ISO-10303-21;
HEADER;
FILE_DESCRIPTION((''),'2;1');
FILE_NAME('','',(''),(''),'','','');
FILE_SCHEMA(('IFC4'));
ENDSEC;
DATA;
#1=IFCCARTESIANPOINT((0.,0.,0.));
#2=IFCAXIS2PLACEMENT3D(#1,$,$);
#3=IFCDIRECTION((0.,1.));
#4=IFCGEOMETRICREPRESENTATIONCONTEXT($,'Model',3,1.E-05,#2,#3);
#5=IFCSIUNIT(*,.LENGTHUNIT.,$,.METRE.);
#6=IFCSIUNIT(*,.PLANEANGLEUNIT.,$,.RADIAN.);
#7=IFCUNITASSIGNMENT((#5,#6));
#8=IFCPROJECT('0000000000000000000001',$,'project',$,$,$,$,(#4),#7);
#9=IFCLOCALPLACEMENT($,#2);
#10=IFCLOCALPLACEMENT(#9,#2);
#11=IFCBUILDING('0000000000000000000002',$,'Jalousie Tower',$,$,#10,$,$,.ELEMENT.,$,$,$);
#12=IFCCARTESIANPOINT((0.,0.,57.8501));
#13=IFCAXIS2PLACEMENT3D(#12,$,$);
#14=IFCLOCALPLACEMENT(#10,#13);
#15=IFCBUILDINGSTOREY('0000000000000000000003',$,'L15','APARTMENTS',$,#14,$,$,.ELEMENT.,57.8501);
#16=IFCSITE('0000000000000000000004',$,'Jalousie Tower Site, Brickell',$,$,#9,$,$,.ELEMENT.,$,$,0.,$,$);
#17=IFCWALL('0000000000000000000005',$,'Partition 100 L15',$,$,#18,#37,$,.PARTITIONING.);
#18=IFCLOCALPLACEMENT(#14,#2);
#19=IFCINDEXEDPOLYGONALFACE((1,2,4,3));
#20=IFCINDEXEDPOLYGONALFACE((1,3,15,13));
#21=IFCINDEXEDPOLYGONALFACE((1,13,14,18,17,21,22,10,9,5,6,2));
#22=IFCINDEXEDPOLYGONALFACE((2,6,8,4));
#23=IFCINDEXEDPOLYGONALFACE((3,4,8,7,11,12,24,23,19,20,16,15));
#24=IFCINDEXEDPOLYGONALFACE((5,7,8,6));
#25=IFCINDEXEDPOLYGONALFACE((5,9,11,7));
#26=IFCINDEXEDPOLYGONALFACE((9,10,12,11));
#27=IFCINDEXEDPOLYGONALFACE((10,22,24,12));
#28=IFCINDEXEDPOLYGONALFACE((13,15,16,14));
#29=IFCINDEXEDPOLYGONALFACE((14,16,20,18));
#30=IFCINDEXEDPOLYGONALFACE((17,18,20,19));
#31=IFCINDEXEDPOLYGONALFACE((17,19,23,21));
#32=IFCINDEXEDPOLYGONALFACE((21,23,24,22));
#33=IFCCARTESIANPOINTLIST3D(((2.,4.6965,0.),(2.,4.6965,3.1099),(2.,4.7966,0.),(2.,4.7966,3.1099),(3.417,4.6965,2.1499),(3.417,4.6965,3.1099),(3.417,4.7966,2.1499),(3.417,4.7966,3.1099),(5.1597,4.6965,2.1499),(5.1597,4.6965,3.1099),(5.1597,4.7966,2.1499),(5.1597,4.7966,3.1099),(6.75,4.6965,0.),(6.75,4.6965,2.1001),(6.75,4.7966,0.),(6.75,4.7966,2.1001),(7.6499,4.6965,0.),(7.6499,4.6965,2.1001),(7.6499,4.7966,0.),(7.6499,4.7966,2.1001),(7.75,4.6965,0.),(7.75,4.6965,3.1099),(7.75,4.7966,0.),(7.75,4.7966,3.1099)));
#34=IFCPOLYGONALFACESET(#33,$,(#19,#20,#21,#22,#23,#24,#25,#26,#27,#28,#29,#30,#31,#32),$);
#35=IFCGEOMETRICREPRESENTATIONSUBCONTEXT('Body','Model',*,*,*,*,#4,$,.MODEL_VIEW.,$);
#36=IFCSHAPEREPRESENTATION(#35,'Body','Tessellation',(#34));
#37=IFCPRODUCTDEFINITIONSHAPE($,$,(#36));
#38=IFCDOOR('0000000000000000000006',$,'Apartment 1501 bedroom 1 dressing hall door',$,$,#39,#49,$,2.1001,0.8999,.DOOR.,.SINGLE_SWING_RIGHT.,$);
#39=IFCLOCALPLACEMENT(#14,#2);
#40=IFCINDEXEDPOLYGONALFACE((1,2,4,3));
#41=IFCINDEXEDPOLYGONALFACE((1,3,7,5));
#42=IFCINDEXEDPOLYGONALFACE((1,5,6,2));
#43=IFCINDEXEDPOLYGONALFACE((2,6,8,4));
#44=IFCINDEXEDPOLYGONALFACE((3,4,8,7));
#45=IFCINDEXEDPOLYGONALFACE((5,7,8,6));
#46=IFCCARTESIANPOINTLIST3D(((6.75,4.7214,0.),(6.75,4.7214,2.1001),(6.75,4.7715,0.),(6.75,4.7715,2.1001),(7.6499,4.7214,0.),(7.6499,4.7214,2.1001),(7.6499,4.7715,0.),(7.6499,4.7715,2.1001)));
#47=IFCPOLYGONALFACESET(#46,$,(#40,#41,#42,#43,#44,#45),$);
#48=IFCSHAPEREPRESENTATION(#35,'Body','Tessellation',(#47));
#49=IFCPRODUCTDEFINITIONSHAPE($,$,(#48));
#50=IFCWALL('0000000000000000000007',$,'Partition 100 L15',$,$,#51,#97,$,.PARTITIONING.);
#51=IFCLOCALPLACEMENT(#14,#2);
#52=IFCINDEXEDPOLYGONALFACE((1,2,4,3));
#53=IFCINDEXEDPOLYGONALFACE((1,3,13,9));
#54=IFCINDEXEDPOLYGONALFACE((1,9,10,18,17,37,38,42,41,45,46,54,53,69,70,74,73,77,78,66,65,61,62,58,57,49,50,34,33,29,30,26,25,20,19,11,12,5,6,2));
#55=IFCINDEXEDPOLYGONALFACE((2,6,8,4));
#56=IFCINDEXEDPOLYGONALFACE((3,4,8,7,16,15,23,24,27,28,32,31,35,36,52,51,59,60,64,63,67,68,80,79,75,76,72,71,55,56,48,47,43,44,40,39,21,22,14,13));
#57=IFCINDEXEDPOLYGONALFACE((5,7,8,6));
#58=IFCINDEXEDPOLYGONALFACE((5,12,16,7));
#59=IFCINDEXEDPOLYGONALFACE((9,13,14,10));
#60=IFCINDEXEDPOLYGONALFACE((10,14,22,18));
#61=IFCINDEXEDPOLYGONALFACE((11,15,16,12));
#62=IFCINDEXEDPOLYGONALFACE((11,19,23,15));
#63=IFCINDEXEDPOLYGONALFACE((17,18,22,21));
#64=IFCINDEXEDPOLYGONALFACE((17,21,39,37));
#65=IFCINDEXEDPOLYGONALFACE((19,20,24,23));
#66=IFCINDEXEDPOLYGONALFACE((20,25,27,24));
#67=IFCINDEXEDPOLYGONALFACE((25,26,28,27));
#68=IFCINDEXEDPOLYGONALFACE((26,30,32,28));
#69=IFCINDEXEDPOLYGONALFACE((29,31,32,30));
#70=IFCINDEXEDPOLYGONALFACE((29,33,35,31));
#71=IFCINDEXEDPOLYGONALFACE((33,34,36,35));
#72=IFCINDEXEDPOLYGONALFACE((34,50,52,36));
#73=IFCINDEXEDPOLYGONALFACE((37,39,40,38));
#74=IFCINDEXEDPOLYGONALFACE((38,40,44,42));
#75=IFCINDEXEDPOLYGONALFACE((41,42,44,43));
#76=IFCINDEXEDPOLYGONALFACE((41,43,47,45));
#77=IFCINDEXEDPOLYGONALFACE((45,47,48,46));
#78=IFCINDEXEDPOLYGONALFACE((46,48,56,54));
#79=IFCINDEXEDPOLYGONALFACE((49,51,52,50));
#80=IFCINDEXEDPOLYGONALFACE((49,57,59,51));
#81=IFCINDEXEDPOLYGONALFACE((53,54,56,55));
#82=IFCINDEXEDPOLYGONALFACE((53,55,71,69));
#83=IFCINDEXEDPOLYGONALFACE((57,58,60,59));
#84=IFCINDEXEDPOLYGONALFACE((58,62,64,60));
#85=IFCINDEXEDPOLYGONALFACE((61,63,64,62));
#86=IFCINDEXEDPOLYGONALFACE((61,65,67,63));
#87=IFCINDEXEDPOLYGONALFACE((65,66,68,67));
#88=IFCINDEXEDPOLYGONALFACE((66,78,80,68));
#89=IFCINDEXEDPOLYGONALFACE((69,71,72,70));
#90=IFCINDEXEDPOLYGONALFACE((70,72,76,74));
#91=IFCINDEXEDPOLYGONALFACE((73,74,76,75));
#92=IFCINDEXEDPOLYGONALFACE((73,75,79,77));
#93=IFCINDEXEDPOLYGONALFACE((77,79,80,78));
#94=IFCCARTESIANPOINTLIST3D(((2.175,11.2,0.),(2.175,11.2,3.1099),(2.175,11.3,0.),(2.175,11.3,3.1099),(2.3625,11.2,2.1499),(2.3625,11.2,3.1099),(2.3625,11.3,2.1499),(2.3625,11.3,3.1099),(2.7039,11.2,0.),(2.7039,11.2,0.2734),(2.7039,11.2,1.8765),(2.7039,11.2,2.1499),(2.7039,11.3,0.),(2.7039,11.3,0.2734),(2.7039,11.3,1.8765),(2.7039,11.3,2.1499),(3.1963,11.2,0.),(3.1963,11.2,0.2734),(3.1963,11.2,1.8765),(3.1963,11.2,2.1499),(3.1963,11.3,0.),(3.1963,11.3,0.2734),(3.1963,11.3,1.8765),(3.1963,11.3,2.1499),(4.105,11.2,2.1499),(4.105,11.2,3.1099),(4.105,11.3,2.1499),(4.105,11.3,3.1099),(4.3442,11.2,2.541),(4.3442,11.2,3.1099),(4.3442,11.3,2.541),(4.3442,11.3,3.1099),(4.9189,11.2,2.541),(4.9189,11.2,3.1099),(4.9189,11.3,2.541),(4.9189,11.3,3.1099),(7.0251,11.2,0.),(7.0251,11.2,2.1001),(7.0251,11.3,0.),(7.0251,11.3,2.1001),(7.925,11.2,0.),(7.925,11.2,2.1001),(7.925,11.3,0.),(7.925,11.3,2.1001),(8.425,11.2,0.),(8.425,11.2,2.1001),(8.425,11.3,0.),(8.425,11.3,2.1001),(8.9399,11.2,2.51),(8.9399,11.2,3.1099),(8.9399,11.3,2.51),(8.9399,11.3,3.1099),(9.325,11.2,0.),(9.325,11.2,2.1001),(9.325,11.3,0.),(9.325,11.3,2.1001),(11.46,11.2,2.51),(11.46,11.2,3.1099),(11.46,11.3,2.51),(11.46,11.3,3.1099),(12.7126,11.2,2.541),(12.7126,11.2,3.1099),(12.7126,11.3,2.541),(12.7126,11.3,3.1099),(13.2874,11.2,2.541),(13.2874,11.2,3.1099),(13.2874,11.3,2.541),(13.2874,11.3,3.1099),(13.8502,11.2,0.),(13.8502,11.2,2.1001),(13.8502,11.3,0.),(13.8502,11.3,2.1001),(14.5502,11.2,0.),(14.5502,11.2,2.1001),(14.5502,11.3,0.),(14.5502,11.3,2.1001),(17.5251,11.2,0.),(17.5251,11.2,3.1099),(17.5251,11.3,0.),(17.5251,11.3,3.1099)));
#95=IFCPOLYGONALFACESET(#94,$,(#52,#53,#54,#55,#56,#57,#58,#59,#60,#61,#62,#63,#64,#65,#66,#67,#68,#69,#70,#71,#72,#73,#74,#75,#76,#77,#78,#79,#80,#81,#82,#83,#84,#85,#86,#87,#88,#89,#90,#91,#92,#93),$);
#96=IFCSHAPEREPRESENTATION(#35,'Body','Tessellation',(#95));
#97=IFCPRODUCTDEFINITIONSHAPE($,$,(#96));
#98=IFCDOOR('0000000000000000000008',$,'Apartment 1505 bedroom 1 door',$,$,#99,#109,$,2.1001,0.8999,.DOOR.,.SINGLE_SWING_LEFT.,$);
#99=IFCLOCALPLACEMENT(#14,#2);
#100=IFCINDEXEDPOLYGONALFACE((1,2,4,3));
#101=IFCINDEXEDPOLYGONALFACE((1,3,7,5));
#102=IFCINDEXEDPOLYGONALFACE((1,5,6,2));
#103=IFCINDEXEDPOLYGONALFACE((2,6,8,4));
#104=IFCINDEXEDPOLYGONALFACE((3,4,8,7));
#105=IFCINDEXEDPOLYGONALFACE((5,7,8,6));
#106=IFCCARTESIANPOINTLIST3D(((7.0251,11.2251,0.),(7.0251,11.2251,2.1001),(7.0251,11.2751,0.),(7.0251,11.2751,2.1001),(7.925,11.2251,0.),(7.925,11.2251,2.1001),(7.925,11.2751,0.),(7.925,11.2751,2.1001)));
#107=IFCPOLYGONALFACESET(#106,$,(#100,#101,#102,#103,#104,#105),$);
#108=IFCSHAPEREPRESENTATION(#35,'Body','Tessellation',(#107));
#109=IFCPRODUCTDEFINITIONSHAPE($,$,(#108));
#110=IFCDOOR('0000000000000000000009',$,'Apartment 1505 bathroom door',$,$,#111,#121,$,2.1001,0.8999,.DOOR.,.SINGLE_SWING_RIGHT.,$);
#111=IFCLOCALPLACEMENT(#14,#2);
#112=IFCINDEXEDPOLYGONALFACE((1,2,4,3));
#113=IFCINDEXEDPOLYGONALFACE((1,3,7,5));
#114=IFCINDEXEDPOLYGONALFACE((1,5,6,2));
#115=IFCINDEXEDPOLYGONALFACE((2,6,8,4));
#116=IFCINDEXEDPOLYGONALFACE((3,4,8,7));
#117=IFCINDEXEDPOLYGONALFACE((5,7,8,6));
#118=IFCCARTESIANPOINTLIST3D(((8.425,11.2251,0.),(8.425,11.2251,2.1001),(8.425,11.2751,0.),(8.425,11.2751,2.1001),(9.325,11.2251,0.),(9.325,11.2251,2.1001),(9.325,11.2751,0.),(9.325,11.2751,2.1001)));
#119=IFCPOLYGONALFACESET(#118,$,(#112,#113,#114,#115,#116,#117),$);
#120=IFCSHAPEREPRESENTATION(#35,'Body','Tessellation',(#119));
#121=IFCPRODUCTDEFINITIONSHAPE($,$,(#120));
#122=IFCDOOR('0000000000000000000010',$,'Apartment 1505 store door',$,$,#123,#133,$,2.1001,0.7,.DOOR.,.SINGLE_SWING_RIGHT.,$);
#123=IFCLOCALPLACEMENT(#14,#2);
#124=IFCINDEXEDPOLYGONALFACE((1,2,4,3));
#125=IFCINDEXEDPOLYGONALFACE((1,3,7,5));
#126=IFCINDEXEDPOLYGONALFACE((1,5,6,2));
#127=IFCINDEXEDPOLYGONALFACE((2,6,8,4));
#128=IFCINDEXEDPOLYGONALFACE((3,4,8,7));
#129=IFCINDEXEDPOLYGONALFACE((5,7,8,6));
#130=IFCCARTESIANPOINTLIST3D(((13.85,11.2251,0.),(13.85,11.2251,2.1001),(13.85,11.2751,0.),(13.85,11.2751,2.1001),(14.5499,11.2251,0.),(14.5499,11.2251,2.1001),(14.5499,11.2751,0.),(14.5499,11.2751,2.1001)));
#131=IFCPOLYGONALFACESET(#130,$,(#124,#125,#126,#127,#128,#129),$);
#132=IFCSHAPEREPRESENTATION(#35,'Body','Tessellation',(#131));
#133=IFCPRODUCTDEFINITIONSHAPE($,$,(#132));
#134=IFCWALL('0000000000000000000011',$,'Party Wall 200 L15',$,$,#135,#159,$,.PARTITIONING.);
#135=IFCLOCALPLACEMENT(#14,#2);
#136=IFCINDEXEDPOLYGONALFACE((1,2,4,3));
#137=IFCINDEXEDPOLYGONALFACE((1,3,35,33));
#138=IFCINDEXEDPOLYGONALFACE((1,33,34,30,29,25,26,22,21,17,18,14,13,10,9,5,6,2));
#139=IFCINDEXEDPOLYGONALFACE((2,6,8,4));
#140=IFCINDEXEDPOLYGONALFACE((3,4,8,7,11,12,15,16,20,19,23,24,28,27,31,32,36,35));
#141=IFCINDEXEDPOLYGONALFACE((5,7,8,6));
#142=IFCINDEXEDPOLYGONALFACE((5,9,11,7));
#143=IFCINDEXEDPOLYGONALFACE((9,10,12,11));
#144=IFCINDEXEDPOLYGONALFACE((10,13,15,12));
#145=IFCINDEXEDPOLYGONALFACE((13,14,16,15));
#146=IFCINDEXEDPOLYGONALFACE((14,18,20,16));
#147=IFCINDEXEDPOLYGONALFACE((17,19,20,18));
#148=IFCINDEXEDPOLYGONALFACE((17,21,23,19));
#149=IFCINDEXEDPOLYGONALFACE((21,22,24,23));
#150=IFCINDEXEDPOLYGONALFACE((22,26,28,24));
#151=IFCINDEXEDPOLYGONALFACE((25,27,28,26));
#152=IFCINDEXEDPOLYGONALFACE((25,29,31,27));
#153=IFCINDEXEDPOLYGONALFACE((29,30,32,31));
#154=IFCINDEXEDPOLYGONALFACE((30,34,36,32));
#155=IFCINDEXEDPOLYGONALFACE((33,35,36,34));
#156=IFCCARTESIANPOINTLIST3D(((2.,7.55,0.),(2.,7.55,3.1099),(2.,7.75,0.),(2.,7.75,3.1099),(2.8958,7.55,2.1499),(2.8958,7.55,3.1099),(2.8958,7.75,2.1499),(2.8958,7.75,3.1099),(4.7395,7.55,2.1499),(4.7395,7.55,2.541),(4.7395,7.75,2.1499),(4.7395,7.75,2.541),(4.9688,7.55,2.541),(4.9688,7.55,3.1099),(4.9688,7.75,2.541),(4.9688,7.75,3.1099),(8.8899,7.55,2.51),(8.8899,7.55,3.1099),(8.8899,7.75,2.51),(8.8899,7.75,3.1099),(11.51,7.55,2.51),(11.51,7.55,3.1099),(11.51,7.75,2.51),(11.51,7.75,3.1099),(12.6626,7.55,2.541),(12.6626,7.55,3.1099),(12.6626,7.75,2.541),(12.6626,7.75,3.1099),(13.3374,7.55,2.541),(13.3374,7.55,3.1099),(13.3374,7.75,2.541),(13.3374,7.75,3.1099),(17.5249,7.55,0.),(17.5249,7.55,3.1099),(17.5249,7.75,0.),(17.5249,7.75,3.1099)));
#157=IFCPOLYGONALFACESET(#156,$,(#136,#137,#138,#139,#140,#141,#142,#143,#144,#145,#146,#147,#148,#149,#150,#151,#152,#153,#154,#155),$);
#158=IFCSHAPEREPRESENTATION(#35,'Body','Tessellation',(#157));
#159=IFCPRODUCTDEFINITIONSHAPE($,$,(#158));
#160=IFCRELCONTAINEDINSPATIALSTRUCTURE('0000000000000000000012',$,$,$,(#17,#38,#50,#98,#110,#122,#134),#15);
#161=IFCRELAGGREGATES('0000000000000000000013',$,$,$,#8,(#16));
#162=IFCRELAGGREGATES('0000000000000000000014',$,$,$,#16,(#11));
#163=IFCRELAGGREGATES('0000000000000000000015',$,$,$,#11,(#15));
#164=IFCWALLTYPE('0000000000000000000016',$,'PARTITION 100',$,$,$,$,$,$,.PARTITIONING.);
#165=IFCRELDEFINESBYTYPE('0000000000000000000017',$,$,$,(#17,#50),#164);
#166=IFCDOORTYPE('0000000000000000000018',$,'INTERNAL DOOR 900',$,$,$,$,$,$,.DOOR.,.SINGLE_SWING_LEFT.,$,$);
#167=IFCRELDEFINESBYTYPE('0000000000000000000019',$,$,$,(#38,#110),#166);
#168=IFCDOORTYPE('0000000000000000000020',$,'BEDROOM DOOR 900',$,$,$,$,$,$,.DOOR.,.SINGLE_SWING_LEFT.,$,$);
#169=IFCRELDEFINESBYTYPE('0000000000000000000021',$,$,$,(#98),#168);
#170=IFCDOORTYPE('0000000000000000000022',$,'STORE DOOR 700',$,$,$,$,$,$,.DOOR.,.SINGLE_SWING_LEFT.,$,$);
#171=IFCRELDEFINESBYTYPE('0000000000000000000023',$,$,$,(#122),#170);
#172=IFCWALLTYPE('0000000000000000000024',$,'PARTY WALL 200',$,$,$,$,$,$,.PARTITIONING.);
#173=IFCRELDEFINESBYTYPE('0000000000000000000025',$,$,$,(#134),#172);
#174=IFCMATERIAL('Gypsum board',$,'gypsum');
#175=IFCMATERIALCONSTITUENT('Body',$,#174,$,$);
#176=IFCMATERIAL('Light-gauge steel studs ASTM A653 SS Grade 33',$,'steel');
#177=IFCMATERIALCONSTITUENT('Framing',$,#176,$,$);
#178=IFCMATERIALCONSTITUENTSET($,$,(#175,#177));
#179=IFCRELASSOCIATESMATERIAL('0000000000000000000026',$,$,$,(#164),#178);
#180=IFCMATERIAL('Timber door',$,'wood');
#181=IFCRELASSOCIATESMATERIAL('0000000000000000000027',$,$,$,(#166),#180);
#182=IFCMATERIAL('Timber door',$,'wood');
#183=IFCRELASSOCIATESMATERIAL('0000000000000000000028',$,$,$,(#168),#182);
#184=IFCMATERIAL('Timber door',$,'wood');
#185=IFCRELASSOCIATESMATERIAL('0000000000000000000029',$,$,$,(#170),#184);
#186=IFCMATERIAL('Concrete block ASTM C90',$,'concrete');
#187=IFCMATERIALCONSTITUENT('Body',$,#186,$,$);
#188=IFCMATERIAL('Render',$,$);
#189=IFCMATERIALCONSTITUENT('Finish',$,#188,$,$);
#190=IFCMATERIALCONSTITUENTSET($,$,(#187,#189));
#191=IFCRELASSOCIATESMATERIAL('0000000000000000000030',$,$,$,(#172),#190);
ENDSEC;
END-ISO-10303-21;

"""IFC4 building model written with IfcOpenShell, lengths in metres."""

from ifc_helpers import new_model, si_unit, direction, frame, frame_2d, origin, place, context, subcontext, project, spatial, polyline, rectangle, outline, extrude, material, constituent, constituent_set, type_object, element, fill, save


model = new_model("IFC4")

# Units and contexts
model_context = context("Model", 3, precision=1e-05, world=origin(), true_north=direction((0.0, 1.0)))
body_context = subcontext(model_context, "Body", "Model", "MODEL_VIEW")
ifc_project = project(units=[si_unit("LENGTHUNIT", "METRE"), si_unit("PLANEANGLEUNIT", "RADIAN")], contexts=[model_context])

# Site, building, storey
site_placement = place(None, origin())
site = spatial("IfcSite", under=ifc_project, at=site_placement, Name="Jalousie Tower Site, Brickell", CompositionType="ELEMENT", RefElevation=0.0)
building_placement = place(site_placement, origin())
building = spatial("IfcBuilding", under=site, at=building_placement, Name="Jalousie Tower", CompositionType="ELEMENT")
storey_placement = place(building_placement, frame((0.0, 0.0, 57.8501)))
storey = spatial("IfcBuildingStorey", under=building, at=storey_placement, Name="L15", Description="APARTMENTS", CompositionType="ELEMENT", Elevation=57.8501)

# Wall, opening, door
ifc_material_1 = material(Name="Gypsum board", Category="gypsum")
ifc_constituent_1 = constituent(ifc_material_1, Name="Body")
ifc_material_2 = material(Name="Light-gauge steel studs ASTM A653 SS Grade 33", Category="steel")
ifc_constituent_2 = constituent(ifc_material_2, Name="Framing")
ifc_constituent_set_1 = constituent_set(constituents=[ifc_constituent_1, ifc_constituent_2])
wall_type_1 = type_object("IfcWallType", Name="PARTITION 100", PredefinedType="PARTITIONING", material=ifc_constituent_set_1)
wall_1_placement = place(storey_placement, frame((2.0, 4.7466, 0.0), z_axis=(0.0, 0.0, 1.0), x_axis=(1.0, 0.0, 0.0)))
wall_1 = element("IfcWall", 1, at=wall_1_placement, inside=storey, type_object=wall_type_1, Name="Partition 100 L15", PredefinedType="PARTITIONING", context=body_context, shape_type="SweptSolid", body=[
    extrude(outline(polyline([(0.0, 0.0), (5.75, 0.0), (5.75, 3.1099), (3.1597, 3.1099), (3.1597, 2.1499), (1.417, 2.1499), (1.417, 3.1099), (0.0, 3.1099), (0.0, 0.0)])), frame((0.0, 0.05, 0.0), z_axis=(0.0, -1.0, 0.0), x_axis=(1.0, 0.0, 0.0)), (0.0, 0.0, 1.0), 0.1001),
])
opening_1_placement = place(wall_1_placement, frame((4.75, 0.0, 0.0)))
opening_1 = element("IfcOpeningElement", 2, at=opening_1_placement, cuts=wall_1, PredefinedType="OPENING", context=body_context, shape_type="SweptSolid", body=[
    extrude(rectangle(XDim=0.8999, YDim=2.1001, at=frame_2d((0.45, 1.05))), frame((0.0, 0.0601, 0.0), z_axis=(0.0, -1.0, 0.0), x_axis=(1.0, 0.0, 0.0)), (0.0, 0.0, 1.0), 0.1201),
])
ifc_material_3 = material(Name="Timber door", Category="wood")
door_type_1 = type_object("IfcDoorType", Name="INTERNAL DOOR 900", OperationType="SINGLE_SWING_LEFT", PredefinedType="DOOR", material=ifc_material_3)
door_1_placement = place(opening_1_placement, origin())
door_1 = element("IfcDoor", 3, at=door_1_placement, inside=storey, type_object=door_type_1, Name="Apartment 1501 bedroom 1 dressing hall door", OperationType="SINGLE_SWING_RIGHT", OverallHeight=2.1001, OverallWidth=0.8999, PredefinedType="DOOR", context=body_context, shape_type="SweptSolid", body=[
    extrude(rectangle(XDim=0.8999, YDim=2.1001, at=frame_2d((0.45, 1.05))), frame((0.0, 0.0249, 0.0), z_axis=(0.0, -1.0, 0.0), x_axis=(1.0, 0.0, 0.0)), (0.0, 0.0, 1.0), 0.05),
])
fill(opening_1, door_1)

# Wall, openings, doors
wall_2_placement = place(storey_placement, frame((2.175, 11.25, 0.0), z_axis=(0.0, 0.0, 1.0), x_axis=(1.0, 0.0, 0.0)))
wall_2 = element("IfcWall", 4, at=wall_2_placement, inside=storey, type_object=wall_type_1, Name="Partition 100 L15", PredefinedType="PARTITIONING", context=body_context, shape_type="SweptSolid", body=[
    extrude(outline(polyline([(0.1875, 3.1099), (0.0, 3.1099), (0.0, 0.0), (0.5288, 0.0), (0.5288, 0.2734), (1.0212, 0.2734), (1.0212, 0.0), (15.3501, 0.0), (15.3501, 3.1099), (11.1123, 3.1099), (11.1123, 2.541), (10.5376, 2.541), (10.5376, 3.1099), (9.2849, 3.1099), (9.2849, 2.51), (6.7649, 2.51), (6.7649, 3.1099), (2.7439, 3.1099), (2.7439, 2.541), (2.1692, 2.541), (2.1692, 3.1099), (1.9299, 3.1099), (1.9299, 2.1499), (1.0212, 2.1499), (1.0212, 1.8765), (0.5288, 1.8765), (0.5288, 2.1499), (0.1875, 2.1499), (0.1875, 3.1099)])), frame((0.0, 0.05, 0.0), z_axis=(0.0, -1.0, 0.0), x_axis=(1.0, 0.0, 0.0)), (0.0, 0.0, 1.0), 0.1001),
])
opening_2_placement = place(wall_2_placement, frame((4.8501, 0.0, 0.0)))
opening_2 = element("IfcOpeningElement", 5, at=opening_2_placement, cuts=wall_2, PredefinedType="OPENING", context=body_context, shape_type="SweptSolid", body=[
    extrude(rectangle(XDim=0.8999, YDim=2.1001, at=frame_2d((0.45, 1.05))), frame((0.0, 0.0601, 0.0), z_axis=(0.0, -1.0, 0.0), x_axis=(1.0, 0.0, 0.0)), (0.0, 0.0, 1.0), 0.1201),
])
opening_3_placement = place(wall_2_placement, frame((6.25, 0.0, 0.0)))
opening_3 = element("IfcOpeningElement", 6, at=opening_3_placement, cuts=wall_2, PredefinedType="OPENING", context=body_context, shape_type="SweptSolid", body=[
    extrude(rectangle(XDim=0.8999, YDim=2.1001, at=frame_2d((0.45, 1.05))), frame((0.0, 0.0601, 0.0), z_axis=(0.0, -1.0, 0.0), x_axis=(1.0, 0.0, 0.0)), (0.0, 0.0, 1.0), 0.1201),
])
opening_4_placement = place(wall_2_placement, frame((11.675, 0.0, 0.0)))
opening_4 = element("IfcOpeningElement", 7, at=opening_4_placement, cuts=wall_2, PredefinedType="OPENING", context=body_context, shape_type="SweptSolid", body=[
    extrude(rectangle(XDim=0.7, YDim=2.1001, at=frame_2d((0.3501, 1.05))), frame((0.0, 0.0601, 0.0), z_axis=(0.0, -1.0, 0.0), x_axis=(1.0, 0.0, 0.0)), (0.0, 0.0, 1.0), 0.1201),
])
ifc_material_4 = material(Name="Timber door", Category="wood")
door_type_2 = type_object("IfcDoorType", Name="BEDROOM DOOR 900", OperationType="SINGLE_SWING_LEFT", PredefinedType="DOOR", material=ifc_material_4)
door_2_placement = place(opening_2_placement, frame((0.8999, 0.0, 0.0), z_axis=(0.0, 0.0, 1.0), x_axis=(-1.0, 0.0, 0.0)))
door_2 = element("IfcDoor", 8, at=door_2_placement, inside=storey, type_object=door_type_2, Name="Apartment 1505 bedroom 1 door", OperationType="SINGLE_SWING_LEFT", OverallHeight=2.1001, OverallWidth=0.8999, PredefinedType="DOOR", context=body_context, shape_type="SweptSolid", body=[
    extrude(rectangle(XDim=0.8999, YDim=2.1001, at=frame_2d((0.45, 1.05))), frame((0.0, 0.0249, 0.0), z_axis=(0.0, -1.0, 0.0), x_axis=(1.0, 0.0, 0.0)), (0.0, 0.0, 1.0), 0.05),
])
fill(opening_2, door_2)
door_3_placement = place(opening_3_placement, frame((0.8999, 0.0, 0.0), z_axis=(0.0, 0.0, 1.0), x_axis=(-1.0, 0.0, 0.0)))
door_3 = element("IfcDoor", 9, at=door_3_placement, inside=storey, type_object=door_type_1, Name="Apartment 1505 bathroom door", OperationType="SINGLE_SWING_RIGHT", OverallHeight=2.1001, OverallWidth=0.8999, PredefinedType="DOOR", context=body_context, shape_type="SweptSolid", body=[
    extrude(rectangle(XDim=0.8999, YDim=2.1001, at=frame_2d((0.45, 1.05))), frame((0.0, 0.0249, 0.0), z_axis=(0.0, -1.0, 0.0), x_axis=(1.0, 0.0, 0.0)), (0.0, 0.0, 1.0), 0.05),
])
fill(opening_3, door_3)
ifc_material_5 = material(Name="Timber door", Category="wood")
door_type_3 = type_object("IfcDoorType", Name="STORE DOOR 700", OperationType="SINGLE_SWING_LEFT", PredefinedType="DOOR", material=ifc_material_5)
door_4_placement = place(opening_4_placement, frame((0.7, 0.0, 0.0), z_axis=(0.0, 0.0, 1.0), x_axis=(-1.0, 0.0, 0.0)))
door_4 = element("IfcDoor", 10, at=door_4_placement, inside=storey, type_object=door_type_3, Name="Apartment 1505 store door", OperationType="SINGLE_SWING_RIGHT", OverallHeight=2.1001, OverallWidth=0.7, PredefinedType="DOOR", context=body_context, shape_type="SweptSolid", body=[
    extrude(rectangle(XDim=0.7, YDim=2.1001, at=frame_2d((0.3501, 1.05))), frame((0.0, 0.0249, 0.0), z_axis=(0.0, -1.0, 0.0), x_axis=(1.0, 0.0, 0.0)), (0.0, 0.0, 1.0), 0.05),
])
fill(opening_4, door_4)

# Wall
ifc_material_6 = material(Name="Concrete block ASTM C90", Category="concrete")
ifc_constituent_3 = constituent(ifc_material_6, Name="Body")
ifc_material_7 = material(Name="Render")
ifc_constituent_4 = constituent(ifc_material_7, Name="Finish")
ifc_constituent_set_2 = constituent_set(constituents=[ifc_constituent_3, ifc_constituent_4])
wall_type_2 = type_object("IfcWallType", Name="PARTY WALL 200", PredefinedType="PARTITIONING", material=ifc_constituent_set_2)
wall_3_placement = place(storey_placement, frame((2.0, 7.6499, 0.0), z_axis=(0.0, 0.0, 1.0), x_axis=(1.0, 0.0, 0.0)))
element("IfcWall", 11, at=wall_3_placement, inside=storey, type_object=wall_type_2, Name="Party Wall 200 L15", PredefinedType="PARTITIONING", context=body_context, shape_type="SweptSolid", body=[
    extrude(outline(polyline([(0.0, 0.0), (15.5249, 0.0), (15.5249, 3.1099), (11.3374, 3.1099), (11.3374, 2.541), (10.6626, 2.541), (10.6626, 3.1099), (9.51, 3.1099), (9.51, 2.51), (6.8899, 2.51), (6.8899, 3.1099), (2.9688, 3.1099), (2.9688, 2.541), (2.7395, 2.541), (2.7395, 2.1499), (0.8958, 2.1499), (0.8958, 3.1099), (0.0, 3.1099), (0.0, 0.0)])), frame((0.0, 0.1001, 0.0), z_axis=(0.0, -1.0, 0.0), x_axis=(1.0, 0.0, 0.0)), (0.0, 0.0, 1.0), 0.2),
])

save(model, "model.ifc")
